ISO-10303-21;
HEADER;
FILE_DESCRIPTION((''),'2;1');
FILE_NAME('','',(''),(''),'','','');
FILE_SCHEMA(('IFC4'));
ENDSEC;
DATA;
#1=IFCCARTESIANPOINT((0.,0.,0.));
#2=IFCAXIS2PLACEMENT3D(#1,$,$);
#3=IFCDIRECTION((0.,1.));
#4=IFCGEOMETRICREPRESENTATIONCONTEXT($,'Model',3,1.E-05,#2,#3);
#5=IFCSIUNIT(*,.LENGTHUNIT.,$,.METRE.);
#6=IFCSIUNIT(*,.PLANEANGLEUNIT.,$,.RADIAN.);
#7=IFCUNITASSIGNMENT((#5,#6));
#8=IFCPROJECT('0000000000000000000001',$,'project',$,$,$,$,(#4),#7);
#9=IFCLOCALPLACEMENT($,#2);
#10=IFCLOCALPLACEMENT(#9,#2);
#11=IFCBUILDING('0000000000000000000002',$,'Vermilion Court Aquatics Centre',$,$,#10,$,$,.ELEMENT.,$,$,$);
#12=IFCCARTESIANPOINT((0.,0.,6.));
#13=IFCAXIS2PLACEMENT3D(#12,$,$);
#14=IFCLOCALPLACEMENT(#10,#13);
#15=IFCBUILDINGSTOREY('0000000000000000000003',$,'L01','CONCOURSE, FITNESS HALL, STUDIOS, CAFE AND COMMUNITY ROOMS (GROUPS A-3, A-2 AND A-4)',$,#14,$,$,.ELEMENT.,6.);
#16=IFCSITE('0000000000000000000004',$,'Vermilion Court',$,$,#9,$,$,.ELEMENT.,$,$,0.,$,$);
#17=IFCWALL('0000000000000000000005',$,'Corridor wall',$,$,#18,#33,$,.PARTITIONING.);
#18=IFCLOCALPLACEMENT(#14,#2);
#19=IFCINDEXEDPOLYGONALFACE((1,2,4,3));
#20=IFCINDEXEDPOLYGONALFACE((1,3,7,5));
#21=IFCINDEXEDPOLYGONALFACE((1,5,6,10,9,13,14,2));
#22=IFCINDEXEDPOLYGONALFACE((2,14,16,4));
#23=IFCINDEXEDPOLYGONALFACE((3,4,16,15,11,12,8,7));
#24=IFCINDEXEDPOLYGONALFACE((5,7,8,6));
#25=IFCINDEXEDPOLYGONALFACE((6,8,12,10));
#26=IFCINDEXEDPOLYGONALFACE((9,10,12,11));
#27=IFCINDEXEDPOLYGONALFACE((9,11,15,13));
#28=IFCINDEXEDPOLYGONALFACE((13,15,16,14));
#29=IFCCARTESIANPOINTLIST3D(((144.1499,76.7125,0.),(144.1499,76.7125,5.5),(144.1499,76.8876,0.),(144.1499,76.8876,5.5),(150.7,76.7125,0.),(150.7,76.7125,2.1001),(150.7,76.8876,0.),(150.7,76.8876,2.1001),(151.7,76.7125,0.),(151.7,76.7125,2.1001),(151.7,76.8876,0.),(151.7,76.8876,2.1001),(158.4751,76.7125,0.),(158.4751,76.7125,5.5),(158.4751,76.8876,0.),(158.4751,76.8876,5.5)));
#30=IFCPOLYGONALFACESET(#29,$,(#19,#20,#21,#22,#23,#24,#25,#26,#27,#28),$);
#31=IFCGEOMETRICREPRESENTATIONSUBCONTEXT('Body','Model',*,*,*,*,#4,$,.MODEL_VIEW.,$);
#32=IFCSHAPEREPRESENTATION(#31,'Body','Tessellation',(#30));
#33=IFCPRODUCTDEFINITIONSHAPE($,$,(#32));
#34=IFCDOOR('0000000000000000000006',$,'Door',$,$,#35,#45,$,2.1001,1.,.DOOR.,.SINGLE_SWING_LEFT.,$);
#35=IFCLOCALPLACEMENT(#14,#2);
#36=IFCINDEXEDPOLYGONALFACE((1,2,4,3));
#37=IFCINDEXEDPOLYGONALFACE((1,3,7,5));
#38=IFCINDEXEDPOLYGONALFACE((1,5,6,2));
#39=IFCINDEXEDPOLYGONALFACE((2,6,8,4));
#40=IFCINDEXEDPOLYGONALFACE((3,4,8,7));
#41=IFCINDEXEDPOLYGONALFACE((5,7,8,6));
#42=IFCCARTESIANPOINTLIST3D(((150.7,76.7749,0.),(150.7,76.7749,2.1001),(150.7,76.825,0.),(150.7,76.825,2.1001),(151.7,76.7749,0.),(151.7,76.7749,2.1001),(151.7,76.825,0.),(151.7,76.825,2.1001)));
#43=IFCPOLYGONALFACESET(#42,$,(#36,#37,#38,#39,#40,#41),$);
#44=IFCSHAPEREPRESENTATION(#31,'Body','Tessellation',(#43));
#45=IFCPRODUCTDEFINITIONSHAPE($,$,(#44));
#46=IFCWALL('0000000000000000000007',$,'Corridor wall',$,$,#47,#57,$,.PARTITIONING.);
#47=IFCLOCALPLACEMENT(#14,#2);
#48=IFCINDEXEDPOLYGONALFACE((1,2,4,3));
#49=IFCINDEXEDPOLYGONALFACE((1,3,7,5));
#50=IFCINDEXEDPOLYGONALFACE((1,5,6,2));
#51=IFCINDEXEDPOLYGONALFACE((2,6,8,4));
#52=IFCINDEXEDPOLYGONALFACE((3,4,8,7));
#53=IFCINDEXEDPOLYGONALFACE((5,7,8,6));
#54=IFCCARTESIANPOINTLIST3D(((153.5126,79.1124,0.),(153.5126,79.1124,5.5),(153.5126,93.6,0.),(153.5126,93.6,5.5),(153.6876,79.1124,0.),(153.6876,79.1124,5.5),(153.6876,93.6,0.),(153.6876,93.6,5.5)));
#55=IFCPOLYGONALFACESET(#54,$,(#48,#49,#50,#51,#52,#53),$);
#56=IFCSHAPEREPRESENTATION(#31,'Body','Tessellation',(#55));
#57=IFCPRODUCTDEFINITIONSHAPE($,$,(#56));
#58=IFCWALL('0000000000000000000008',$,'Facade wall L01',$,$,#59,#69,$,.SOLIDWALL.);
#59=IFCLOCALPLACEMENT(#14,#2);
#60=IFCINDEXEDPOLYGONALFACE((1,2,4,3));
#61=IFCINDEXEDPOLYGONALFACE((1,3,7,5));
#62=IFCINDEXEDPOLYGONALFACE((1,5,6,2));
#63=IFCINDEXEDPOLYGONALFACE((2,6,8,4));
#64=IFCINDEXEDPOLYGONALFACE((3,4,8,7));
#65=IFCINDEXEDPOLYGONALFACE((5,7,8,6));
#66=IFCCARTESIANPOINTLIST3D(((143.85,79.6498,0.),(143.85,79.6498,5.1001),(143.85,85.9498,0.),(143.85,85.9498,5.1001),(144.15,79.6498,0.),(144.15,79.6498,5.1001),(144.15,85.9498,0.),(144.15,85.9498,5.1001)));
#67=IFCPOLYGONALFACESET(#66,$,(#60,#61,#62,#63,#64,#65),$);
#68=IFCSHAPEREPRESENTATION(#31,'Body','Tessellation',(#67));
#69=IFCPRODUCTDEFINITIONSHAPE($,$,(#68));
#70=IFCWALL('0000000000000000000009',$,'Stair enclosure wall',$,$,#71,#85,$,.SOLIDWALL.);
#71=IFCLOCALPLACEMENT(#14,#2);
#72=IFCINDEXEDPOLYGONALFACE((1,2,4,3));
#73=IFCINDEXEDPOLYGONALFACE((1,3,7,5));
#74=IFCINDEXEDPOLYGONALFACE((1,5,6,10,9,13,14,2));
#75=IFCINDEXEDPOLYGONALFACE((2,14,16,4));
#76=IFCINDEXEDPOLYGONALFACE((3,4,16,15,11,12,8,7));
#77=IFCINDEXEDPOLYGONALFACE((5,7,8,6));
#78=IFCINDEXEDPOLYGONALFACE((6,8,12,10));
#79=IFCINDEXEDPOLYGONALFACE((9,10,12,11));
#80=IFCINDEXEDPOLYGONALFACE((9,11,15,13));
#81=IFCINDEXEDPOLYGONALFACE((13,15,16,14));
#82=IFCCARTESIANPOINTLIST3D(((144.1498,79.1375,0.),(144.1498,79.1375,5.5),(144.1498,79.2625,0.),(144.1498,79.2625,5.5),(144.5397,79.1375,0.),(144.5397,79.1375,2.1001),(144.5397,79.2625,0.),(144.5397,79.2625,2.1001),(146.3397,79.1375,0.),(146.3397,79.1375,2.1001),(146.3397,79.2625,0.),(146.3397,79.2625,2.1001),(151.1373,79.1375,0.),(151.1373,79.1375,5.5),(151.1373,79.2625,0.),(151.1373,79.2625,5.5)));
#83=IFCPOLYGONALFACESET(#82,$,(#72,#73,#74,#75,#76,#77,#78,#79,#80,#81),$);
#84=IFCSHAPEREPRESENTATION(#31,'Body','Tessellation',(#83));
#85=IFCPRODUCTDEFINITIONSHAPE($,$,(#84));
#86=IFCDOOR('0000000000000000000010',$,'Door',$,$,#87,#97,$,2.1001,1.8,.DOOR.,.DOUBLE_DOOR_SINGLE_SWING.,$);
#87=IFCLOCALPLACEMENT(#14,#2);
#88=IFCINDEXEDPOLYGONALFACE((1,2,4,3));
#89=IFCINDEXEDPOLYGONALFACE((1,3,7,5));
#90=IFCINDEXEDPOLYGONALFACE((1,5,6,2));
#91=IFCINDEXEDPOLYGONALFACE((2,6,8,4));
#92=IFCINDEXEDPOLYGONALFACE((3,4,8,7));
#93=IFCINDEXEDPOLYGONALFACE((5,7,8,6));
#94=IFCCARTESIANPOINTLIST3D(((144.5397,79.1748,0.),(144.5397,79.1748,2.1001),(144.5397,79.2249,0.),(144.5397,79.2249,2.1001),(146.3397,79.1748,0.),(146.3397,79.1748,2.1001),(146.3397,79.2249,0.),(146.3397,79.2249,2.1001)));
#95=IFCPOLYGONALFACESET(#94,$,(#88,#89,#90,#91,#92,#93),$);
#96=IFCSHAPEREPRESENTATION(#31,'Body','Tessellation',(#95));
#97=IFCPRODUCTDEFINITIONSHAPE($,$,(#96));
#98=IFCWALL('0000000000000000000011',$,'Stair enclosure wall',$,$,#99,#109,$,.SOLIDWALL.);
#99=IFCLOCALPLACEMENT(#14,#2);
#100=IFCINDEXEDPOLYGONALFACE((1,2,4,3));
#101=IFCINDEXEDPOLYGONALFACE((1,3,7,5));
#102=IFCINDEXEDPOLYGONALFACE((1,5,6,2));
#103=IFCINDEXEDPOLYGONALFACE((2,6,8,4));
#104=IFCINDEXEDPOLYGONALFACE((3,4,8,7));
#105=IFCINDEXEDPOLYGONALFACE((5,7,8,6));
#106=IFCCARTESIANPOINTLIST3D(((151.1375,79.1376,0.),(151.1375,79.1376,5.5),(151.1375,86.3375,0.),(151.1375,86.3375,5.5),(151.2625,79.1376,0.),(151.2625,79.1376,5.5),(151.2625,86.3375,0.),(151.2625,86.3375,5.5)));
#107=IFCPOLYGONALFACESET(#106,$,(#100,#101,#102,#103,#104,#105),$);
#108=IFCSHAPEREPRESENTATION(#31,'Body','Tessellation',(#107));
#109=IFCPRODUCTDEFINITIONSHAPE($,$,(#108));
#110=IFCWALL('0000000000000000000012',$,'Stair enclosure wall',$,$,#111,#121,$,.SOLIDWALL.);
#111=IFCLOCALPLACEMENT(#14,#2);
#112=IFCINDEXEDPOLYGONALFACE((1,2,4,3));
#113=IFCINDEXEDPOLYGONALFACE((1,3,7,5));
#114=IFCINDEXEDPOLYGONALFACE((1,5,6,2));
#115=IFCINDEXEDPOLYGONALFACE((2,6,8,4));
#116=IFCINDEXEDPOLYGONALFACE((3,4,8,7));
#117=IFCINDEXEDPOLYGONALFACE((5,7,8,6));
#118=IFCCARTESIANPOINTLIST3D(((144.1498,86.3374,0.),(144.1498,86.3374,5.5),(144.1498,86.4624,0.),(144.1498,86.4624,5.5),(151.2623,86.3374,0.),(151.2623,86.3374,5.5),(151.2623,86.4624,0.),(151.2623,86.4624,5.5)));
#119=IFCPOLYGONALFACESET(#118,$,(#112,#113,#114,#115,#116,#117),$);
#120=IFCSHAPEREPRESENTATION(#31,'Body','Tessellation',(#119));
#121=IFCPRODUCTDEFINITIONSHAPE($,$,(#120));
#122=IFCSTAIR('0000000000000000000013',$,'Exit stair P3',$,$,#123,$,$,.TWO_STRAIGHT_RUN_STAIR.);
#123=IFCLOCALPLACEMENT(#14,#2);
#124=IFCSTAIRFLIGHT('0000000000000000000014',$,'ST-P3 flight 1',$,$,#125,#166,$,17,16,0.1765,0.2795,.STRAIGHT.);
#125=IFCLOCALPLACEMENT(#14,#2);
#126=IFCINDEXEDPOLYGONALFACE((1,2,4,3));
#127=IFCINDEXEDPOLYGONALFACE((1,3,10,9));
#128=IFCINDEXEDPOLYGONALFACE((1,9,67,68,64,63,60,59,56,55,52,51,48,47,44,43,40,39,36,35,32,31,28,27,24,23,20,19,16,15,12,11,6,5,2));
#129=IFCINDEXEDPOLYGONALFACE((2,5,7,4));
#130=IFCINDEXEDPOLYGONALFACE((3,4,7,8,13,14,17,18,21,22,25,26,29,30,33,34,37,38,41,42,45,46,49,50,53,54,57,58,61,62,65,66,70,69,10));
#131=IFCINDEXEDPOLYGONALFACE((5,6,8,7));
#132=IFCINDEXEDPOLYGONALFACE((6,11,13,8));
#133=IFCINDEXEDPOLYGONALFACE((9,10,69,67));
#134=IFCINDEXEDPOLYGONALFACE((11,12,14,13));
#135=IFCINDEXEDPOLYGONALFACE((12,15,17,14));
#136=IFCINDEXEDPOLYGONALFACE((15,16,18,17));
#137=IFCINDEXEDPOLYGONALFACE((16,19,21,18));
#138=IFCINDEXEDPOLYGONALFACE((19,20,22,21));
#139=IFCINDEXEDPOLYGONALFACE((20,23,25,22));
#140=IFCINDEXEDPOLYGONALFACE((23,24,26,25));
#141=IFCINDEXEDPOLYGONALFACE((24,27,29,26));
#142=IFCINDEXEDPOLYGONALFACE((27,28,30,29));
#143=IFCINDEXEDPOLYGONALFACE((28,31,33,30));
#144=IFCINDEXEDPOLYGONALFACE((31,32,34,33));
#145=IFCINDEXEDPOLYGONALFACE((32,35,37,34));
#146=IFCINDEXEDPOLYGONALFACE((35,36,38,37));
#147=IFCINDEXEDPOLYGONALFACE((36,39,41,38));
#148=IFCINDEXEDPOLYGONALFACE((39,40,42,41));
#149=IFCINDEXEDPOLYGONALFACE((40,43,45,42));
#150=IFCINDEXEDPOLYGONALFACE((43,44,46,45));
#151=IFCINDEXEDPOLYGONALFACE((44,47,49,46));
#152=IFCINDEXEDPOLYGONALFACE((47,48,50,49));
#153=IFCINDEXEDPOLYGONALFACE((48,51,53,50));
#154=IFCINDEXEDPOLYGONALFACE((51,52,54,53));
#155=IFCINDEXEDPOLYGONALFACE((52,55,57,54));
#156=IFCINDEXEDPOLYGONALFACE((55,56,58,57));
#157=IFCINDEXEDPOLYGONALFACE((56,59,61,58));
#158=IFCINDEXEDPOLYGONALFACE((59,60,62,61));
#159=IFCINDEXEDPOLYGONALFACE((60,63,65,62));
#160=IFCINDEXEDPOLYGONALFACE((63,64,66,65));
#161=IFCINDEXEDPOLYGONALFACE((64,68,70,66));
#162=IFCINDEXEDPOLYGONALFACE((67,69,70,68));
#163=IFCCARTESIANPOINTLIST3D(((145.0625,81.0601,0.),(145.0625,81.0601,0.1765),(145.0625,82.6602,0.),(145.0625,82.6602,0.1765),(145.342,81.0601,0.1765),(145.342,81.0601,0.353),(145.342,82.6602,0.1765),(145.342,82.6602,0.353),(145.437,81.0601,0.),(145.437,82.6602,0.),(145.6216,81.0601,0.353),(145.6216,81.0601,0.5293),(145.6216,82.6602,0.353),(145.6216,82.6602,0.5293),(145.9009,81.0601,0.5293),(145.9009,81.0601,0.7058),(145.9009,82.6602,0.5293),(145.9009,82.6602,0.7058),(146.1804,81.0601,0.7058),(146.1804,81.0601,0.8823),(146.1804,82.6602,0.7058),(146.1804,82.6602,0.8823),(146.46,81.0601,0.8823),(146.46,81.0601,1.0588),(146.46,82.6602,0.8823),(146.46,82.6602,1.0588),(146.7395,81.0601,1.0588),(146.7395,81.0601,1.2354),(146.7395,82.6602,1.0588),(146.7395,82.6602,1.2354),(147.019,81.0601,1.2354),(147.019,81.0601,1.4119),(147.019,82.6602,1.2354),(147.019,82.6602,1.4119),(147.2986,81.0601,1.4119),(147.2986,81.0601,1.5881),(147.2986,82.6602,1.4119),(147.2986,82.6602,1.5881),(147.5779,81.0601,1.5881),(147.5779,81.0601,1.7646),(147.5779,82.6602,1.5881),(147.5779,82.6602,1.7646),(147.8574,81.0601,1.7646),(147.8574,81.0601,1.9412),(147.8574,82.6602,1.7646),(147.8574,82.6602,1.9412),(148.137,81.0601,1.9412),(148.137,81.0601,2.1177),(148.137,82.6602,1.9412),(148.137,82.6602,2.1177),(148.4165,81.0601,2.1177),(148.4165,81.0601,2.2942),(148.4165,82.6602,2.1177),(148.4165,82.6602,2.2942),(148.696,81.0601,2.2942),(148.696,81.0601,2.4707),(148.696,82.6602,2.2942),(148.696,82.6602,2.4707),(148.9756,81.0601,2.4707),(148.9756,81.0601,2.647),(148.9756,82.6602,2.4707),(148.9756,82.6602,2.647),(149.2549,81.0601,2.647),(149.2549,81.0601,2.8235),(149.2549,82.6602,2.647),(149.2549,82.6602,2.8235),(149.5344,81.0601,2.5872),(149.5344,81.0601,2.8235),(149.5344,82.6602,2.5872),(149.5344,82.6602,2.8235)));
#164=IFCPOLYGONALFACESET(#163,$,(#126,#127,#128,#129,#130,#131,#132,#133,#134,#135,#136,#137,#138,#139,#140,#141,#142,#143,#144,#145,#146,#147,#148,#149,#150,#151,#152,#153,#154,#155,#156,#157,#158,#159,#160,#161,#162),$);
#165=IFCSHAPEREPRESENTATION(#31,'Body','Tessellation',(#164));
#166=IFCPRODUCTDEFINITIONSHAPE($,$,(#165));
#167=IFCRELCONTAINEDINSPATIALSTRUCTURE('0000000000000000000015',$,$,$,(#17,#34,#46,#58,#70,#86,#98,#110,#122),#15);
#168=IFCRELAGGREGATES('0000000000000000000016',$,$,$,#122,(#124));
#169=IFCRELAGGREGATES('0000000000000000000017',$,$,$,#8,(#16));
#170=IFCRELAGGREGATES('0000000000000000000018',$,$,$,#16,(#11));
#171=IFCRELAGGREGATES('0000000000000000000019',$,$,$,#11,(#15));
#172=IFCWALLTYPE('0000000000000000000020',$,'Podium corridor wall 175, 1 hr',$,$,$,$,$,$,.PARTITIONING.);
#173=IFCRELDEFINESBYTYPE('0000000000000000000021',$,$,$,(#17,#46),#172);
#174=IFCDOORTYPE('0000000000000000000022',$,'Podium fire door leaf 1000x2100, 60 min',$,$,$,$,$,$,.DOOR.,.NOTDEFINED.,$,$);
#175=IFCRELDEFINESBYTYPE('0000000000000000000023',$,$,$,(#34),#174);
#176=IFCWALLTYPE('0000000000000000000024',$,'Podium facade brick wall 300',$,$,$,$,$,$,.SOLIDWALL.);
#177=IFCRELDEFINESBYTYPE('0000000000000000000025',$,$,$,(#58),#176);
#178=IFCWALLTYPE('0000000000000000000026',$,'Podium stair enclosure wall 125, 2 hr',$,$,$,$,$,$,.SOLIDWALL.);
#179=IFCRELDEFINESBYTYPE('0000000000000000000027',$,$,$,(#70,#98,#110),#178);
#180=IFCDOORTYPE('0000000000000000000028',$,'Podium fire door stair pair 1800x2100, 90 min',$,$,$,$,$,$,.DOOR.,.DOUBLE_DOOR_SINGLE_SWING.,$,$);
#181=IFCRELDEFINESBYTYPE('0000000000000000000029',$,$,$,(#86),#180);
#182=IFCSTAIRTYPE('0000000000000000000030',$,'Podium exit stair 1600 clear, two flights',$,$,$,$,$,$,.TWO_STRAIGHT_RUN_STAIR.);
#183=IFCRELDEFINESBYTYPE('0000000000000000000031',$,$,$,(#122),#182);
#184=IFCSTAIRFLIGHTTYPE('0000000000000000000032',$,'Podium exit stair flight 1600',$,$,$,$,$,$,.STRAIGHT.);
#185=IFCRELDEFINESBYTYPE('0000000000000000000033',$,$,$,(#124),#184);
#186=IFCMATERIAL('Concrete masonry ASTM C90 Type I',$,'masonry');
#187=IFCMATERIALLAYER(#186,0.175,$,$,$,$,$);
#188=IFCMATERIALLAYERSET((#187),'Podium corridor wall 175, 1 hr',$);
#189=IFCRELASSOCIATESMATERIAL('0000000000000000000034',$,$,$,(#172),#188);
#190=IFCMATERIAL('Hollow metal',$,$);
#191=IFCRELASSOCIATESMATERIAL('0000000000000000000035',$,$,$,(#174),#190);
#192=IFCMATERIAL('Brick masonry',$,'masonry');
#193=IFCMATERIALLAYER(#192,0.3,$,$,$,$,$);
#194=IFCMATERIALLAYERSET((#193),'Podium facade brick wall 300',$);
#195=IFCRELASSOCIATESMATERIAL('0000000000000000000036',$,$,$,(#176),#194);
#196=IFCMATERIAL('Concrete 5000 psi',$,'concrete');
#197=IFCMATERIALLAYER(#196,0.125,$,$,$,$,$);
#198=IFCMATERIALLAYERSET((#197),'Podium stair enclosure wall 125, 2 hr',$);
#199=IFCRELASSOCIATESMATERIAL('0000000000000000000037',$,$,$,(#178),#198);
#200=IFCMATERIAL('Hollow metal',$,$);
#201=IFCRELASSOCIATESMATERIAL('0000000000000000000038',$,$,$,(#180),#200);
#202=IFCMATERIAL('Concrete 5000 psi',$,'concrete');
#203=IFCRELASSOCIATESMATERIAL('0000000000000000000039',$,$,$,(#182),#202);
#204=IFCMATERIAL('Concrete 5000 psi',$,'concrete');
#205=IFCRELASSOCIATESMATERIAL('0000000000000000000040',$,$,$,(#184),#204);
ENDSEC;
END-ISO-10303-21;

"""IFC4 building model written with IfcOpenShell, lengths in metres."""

from ifc_helpers import new_model, si_unit, direction, frame, frame_2d, origin, place, context, subcontext, project, spatial, polyline, rectangle, outline, extrude, material, layer, layer_set, type_object, element, fill, aggregate, save


model = new_model("IFC4")

# Units and contexts
model_context = context("Model", 3, precision=1e-05, world=origin(), true_north=direction((0.0, 1.0)))
body_context = subcontext(model_context, "Body", "Model", "MODEL_VIEW")
ifc_project = project(units=[si_unit("LENGTHUNIT", "METRE"), si_unit("PLANEANGLEUNIT", "RADIAN")], contexts=[model_context])

# Site, building, storey
site_placement = place(None, origin())
site = spatial("IfcSite", under=ifc_project, at=site_placement, Name="Vermilion Court", CompositionType="ELEMENT", RefElevation=0.0)
building_placement = place(site_placement, origin())
building = spatial("IfcBuilding", under=site, at=building_placement, Name="Vermilion Court Aquatics Centre", CompositionType="ELEMENT")
storey_placement = place(building_placement, frame((0.0, 0.0, 6.0)))
storey = spatial("IfcBuildingStorey", under=building, at=storey_placement, Name="L01", Description="CONCOURSE, FITNESS HALL, STUDIOS, CAFE AND COMMUNITY ROOMS (GROUPS A-3, A-2 AND A-4)", CompositionType="ELEMENT", Elevation=6.0)

# Wall, opening, door
ifc_material_1 = material(Name="Concrete masonry ASTM C90 Type I", Category="masonry")
ifc_layer_1 = layer(ifc_material_1, 0.175)
ifc_layer_set_1 = layer_set([ifc_layer_1], Name="Podium corridor wall 175, 1 hr")
wall_type_1 = type_object("IfcWallType", Name="Podium corridor wall 175, 1 hr", PredefinedType="PARTITIONING", material=ifc_layer_set_1)
wall_1_placement = place(storey_placement, frame((144.1499, 76.8, 0.0), z_axis=(0.0, 0.0, 1.0), x_axis=(1.0, 0.0, 0.0)))
wall_1 = element("IfcWall", 1, at=wall_1_placement, inside=storey, type_object=wall_type_1, Name="Corridor wall", PredefinedType="PARTITIONING", context=body_context, shape_type="SweptSolid", body=[
    extrude(rectangle(XDim=14.3252, YDim=0.175, at=frame_2d((7.1626, 0.0))), origin(), (0.0, 0.0, 1.0), 5.5),
])
opening_1_placement = place(wall_1_placement, frame((6.55, 0.0, 0.0)))
opening_1 = element("IfcOpeningElement", 2, at=opening_1_placement, cuts=wall_1, PredefinedType="OPENING", context=body_context, shape_type="SweptSolid", body=[
    extrude(rectangle(XDim=1.0, YDim=2.1001, at=frame_2d((0.5, 1.05))), frame((0.0, 0.0974, 0.0), z_axis=(0.0, -1.0, 0.0), x_axis=(1.0, 0.0, 0.0)), (0.0, 0.0, 1.0), 0.1951),
])
ifc_material_2 = material(Name="Hollow metal")
door_type_1 = type_object("IfcDoorType", Name="Podium fire door leaf 1000x2100, 60 min", OperationType="NOTDEFINED", PredefinedType="DOOR", material=ifc_material_2)
door_1_placement = place(opening_1_placement, origin())
door_1 = element("IfcDoor", 3, at=door_1_placement, inside=storey, type_object=door_type_1, Name="Door", OperationType="SINGLE_SWING_LEFT", OverallHeight=2.1001, OverallWidth=1.0, PredefinedType="DOOR", context=body_context, shape_type="SweptSolid", body=[
    extrude(rectangle(XDim=1.0, YDim=2.1001, at=frame_2d((0.5, 1.05))), frame((0.0, 0.0249, 0.0), z_axis=(0.0, -1.0, 0.0), x_axis=(1.0, 0.0, 0.0)), (0.0, 0.0, 1.0), 0.05),
])
fill(opening_1, door_1)

# Walls
wall_2_placement = place(storey_placement, frame((153.6001, 79.1125, 0.0), z_axis=(0.0, 0.0, 1.0), x_axis=(0.0, 1.0, 0.0)))
element("IfcWall", 4, at=wall_2_placement, inside=storey, type_object=wall_type_1, Name="Corridor wall", PredefinedType="PARTITIONING", context=body_context, shape_type="SweptSolid", body=[
    extrude(rectangle(XDim=14.4875, YDim=0.175, at=frame_2d((7.2437, 0.0))), origin(), (0.0, 0.0, 1.0), 5.5),
])
ifc_material_3 = material(Name="Brick masonry", Category="masonry")
ifc_layer_2 = layer(ifc_material_3, 0.3)
ifc_layer_set_2 = layer_set([ifc_layer_2], Name="Podium facade brick wall 300")
wall_type_2 = type_object("IfcWallType", Name="Podium facade brick wall 300", PredefinedType="SOLIDWALL", material=ifc_layer_set_2)
wall_3_placement = place(storey_placement, frame((144.0, 79.6499, 0.0), z_axis=(0.0, 0.0, 1.0), x_axis=(0.0, 1.0, 0.0)))
element("IfcWall", 5, at=wall_3_placement, inside=storey, type_object=wall_type_2, Name="Facade wall L01", PredefinedType="SOLIDWALL", context=body_context, shape_type="SweptSolid", body=[
    extrude(rectangle(XDim=6.3, YDim=0.3, at=frame_2d((3.1499, 0.0))), origin(), (0.0, 0.0, 1.0), 5.1001),
])

# Wall, opening, door
ifc_material_4 = material(Name="Concrete 5000 psi", Category="concrete")
ifc_layer_3 = layer(ifc_material_4, 0.125)
ifc_layer_set_3 = layer_set([ifc_layer_3], Name="Podium stair enclosure wall 125, 2 hr")
wall_type_3 = type_object("IfcWallType", Name="Podium stair enclosure wall 125, 2 hr", PredefinedType="SOLIDWALL", material=ifc_layer_set_3)
wall_4_placement = place(storey_placement, frame((144.1499, 79.2, 0.0), z_axis=(0.0, 0.0, 1.0), x_axis=(1.0, 0.0, 0.0)))
wall_4 = element("IfcWall", 6, at=wall_4_placement, inside=storey, type_object=wall_type_3, Name="Stair enclosure wall", PredefinedType="SOLIDWALL", context=body_context, shape_type="SweptSolid", body=[
    extrude(rectangle(XDim=6.9875, YDim=0.125, at=frame_2d((3.4937, 0.0))), origin(), (0.0, 0.0, 1.0), 5.5),
])
opening_2_placement = place(wall_4_placement, frame((0.3899, 0.0, 0.0)))
opening_2 = element("IfcOpeningElement", 7, at=opening_2_placement, cuts=wall_4, PredefinedType="OPENING", context=body_context, shape_type="SweptSolid", body=[
    extrude(rectangle(XDim=1.8, YDim=2.1001, at=frame_2d((0.8999, 1.05))), frame((0.0, 0.0725, 0.0), z_axis=(0.0, -1.0, 0.0), x_axis=(1.0, 0.0, 0.0)), (0.0, 0.0, 1.0), 0.145),
])
ifc_material_5 = material(Name="Hollow metal")
door_type_2 = type_object("IfcDoorType", Name="Podium fire door stair pair 1800x2100, 90 min", OperationType="DOUBLE_DOOR_SINGLE_SWING", PredefinedType="DOOR", material=ifc_material_5)
door_2_placement = place(opening_2_placement, origin())
door_2 = element("IfcDoor", 8, at=door_2_placement, inside=storey, type_object=door_type_2, Name="Door", OperationType="DOUBLE_DOOR_SINGLE_SWING", OverallHeight=2.1001, OverallWidth=1.8, PredefinedType="DOOR", context=body_context, shape_type="SweptSolid", body=[
    extrude(rectangle(XDim=1.8, YDim=2.1001, at=frame_2d((0.8999, 1.05))), frame((0.0, 0.0249, 0.0), z_axis=(0.0, -1.0, 0.0), x_axis=(1.0, 0.0, 0.0)), (0.0, 0.0, 1.0), 0.05),
])
fill(opening_2, door_2)

# Walls
wall_5_placement = place(storey_placement, frame((151.2, 79.1375, 0.0), z_axis=(0.0, 0.0, 1.0), x_axis=(0.0, 1.0, 0.0)))
element("IfcWall", 9, at=wall_5_placement, inside=storey, type_object=wall_type_3, Name="Stair enclosure wall", PredefinedType="SOLIDWALL", context=body_context, shape_type="SweptSolid", body=[
    extrude(rectangle(XDim=7.2, YDim=0.125, at=frame_2d((3.6001, 0.0))), origin(), (0.0, 0.0, 1.0), 5.5),
])
wall_6_placement = place(storey_placement, frame((144.1499, 86.3999, 0.0), z_axis=(0.0, 0.0, 1.0), x_axis=(1.0, 0.0, 0.0)))
element("IfcWall", 10, at=wall_6_placement, inside=storey, type_object=wall_type_3, Name="Stair enclosure wall", PredefinedType="SOLIDWALL", context=body_context, shape_type="SweptSolid", body=[
    extrude(rectangle(XDim=7.1125, YDim=0.125, at=frame_2d((3.5562, 0.0))), origin(), (0.0, 0.0, 1.0), 5.5),
])

# Stair, stair flight
ifc_material_6 = material(Name="Concrete 5000 psi", Category="concrete")
stair_type = type_object("IfcStairType", Name="Podium exit stair 1600 clear, two flights", PredefinedType="TWO_STRAIGHT_RUN_STAIR", material=ifc_material_6)
stair_placement = place(storey_placement, origin())
stair = element("IfcStair", 11, at=stair_placement, inside=storey, type_object=stair_type, Name="Exit stair P3", PredefinedType="TWO_STRAIGHT_RUN_STAIR")
ifc_material_7 = material(Name="Concrete 5000 psi", Category="concrete")
stair_flight_type = type_object("IfcStairFlightType", Name="Podium exit stair flight 1600", PredefinedType="STRAIGHT", material=ifc_material_7)
stair_flight_1_placement = place(storey_placement, frame((145.0625, 81.8601, 0.0), z_axis=(0.0, 0.0, 1.0), x_axis=(1.0, 0.0, 0.0)))
stair_flight_1 = element("IfcStairFlight", 12, at=stair_flight_1_placement, type_object=stair_flight_type, Name="ST-P3 flight 1", NumberOfRisers=17, NumberOfTreads=16, PredefinedType="STRAIGHT", RiserHeight=0.1765, TreadLength=0.2795, context=body_context, shape_type="SweptSolid", body=[
    extrude(outline(polyline([(0.0, 0.0), (0.0, 0.1765), (0.2795, 0.1765), (0.2795, 0.353), (0.5591, 0.353), (0.5591, 0.5293), (0.8384, 0.5293), (0.8384, 0.7058), (1.1179, 0.7058), (1.1179, 0.8823), (1.3975, 0.8823), (1.3975, 1.0588), (1.677, 1.0588), (1.677, 1.2354), (1.9565, 1.2354), (1.9565, 1.4119), (2.2361, 1.4119), (2.2361, 1.5881), (2.5154, 1.5881), (2.5154, 1.7646), (2.7949, 1.7646), (2.7949, 1.9412), (3.0745, 1.9412), (3.0745, 2.1177), (3.354, 2.1177), (3.354, 2.2942), (3.6335, 2.2942), (3.6335, 2.4707), (3.9131, 2.4707), (3.9131, 2.647), (4.1924, 2.647), (4.1924, 2.8235), (4.4719, 2.8235), (4.4719, 3.0), (4.4719, 2.5872), (0.3745, 0.0), (0.0, 0.0)])), frame((0.0, 0.8, 0.0), z_axis=(0.0, -1.0, 0.0), x_axis=(1.0, 0.0, 0.0)), (0.0, 0.0, 1.0), 1.6001),
])
aggregate(stair, [stair_flight_1])

save(model, "model.ifc")
